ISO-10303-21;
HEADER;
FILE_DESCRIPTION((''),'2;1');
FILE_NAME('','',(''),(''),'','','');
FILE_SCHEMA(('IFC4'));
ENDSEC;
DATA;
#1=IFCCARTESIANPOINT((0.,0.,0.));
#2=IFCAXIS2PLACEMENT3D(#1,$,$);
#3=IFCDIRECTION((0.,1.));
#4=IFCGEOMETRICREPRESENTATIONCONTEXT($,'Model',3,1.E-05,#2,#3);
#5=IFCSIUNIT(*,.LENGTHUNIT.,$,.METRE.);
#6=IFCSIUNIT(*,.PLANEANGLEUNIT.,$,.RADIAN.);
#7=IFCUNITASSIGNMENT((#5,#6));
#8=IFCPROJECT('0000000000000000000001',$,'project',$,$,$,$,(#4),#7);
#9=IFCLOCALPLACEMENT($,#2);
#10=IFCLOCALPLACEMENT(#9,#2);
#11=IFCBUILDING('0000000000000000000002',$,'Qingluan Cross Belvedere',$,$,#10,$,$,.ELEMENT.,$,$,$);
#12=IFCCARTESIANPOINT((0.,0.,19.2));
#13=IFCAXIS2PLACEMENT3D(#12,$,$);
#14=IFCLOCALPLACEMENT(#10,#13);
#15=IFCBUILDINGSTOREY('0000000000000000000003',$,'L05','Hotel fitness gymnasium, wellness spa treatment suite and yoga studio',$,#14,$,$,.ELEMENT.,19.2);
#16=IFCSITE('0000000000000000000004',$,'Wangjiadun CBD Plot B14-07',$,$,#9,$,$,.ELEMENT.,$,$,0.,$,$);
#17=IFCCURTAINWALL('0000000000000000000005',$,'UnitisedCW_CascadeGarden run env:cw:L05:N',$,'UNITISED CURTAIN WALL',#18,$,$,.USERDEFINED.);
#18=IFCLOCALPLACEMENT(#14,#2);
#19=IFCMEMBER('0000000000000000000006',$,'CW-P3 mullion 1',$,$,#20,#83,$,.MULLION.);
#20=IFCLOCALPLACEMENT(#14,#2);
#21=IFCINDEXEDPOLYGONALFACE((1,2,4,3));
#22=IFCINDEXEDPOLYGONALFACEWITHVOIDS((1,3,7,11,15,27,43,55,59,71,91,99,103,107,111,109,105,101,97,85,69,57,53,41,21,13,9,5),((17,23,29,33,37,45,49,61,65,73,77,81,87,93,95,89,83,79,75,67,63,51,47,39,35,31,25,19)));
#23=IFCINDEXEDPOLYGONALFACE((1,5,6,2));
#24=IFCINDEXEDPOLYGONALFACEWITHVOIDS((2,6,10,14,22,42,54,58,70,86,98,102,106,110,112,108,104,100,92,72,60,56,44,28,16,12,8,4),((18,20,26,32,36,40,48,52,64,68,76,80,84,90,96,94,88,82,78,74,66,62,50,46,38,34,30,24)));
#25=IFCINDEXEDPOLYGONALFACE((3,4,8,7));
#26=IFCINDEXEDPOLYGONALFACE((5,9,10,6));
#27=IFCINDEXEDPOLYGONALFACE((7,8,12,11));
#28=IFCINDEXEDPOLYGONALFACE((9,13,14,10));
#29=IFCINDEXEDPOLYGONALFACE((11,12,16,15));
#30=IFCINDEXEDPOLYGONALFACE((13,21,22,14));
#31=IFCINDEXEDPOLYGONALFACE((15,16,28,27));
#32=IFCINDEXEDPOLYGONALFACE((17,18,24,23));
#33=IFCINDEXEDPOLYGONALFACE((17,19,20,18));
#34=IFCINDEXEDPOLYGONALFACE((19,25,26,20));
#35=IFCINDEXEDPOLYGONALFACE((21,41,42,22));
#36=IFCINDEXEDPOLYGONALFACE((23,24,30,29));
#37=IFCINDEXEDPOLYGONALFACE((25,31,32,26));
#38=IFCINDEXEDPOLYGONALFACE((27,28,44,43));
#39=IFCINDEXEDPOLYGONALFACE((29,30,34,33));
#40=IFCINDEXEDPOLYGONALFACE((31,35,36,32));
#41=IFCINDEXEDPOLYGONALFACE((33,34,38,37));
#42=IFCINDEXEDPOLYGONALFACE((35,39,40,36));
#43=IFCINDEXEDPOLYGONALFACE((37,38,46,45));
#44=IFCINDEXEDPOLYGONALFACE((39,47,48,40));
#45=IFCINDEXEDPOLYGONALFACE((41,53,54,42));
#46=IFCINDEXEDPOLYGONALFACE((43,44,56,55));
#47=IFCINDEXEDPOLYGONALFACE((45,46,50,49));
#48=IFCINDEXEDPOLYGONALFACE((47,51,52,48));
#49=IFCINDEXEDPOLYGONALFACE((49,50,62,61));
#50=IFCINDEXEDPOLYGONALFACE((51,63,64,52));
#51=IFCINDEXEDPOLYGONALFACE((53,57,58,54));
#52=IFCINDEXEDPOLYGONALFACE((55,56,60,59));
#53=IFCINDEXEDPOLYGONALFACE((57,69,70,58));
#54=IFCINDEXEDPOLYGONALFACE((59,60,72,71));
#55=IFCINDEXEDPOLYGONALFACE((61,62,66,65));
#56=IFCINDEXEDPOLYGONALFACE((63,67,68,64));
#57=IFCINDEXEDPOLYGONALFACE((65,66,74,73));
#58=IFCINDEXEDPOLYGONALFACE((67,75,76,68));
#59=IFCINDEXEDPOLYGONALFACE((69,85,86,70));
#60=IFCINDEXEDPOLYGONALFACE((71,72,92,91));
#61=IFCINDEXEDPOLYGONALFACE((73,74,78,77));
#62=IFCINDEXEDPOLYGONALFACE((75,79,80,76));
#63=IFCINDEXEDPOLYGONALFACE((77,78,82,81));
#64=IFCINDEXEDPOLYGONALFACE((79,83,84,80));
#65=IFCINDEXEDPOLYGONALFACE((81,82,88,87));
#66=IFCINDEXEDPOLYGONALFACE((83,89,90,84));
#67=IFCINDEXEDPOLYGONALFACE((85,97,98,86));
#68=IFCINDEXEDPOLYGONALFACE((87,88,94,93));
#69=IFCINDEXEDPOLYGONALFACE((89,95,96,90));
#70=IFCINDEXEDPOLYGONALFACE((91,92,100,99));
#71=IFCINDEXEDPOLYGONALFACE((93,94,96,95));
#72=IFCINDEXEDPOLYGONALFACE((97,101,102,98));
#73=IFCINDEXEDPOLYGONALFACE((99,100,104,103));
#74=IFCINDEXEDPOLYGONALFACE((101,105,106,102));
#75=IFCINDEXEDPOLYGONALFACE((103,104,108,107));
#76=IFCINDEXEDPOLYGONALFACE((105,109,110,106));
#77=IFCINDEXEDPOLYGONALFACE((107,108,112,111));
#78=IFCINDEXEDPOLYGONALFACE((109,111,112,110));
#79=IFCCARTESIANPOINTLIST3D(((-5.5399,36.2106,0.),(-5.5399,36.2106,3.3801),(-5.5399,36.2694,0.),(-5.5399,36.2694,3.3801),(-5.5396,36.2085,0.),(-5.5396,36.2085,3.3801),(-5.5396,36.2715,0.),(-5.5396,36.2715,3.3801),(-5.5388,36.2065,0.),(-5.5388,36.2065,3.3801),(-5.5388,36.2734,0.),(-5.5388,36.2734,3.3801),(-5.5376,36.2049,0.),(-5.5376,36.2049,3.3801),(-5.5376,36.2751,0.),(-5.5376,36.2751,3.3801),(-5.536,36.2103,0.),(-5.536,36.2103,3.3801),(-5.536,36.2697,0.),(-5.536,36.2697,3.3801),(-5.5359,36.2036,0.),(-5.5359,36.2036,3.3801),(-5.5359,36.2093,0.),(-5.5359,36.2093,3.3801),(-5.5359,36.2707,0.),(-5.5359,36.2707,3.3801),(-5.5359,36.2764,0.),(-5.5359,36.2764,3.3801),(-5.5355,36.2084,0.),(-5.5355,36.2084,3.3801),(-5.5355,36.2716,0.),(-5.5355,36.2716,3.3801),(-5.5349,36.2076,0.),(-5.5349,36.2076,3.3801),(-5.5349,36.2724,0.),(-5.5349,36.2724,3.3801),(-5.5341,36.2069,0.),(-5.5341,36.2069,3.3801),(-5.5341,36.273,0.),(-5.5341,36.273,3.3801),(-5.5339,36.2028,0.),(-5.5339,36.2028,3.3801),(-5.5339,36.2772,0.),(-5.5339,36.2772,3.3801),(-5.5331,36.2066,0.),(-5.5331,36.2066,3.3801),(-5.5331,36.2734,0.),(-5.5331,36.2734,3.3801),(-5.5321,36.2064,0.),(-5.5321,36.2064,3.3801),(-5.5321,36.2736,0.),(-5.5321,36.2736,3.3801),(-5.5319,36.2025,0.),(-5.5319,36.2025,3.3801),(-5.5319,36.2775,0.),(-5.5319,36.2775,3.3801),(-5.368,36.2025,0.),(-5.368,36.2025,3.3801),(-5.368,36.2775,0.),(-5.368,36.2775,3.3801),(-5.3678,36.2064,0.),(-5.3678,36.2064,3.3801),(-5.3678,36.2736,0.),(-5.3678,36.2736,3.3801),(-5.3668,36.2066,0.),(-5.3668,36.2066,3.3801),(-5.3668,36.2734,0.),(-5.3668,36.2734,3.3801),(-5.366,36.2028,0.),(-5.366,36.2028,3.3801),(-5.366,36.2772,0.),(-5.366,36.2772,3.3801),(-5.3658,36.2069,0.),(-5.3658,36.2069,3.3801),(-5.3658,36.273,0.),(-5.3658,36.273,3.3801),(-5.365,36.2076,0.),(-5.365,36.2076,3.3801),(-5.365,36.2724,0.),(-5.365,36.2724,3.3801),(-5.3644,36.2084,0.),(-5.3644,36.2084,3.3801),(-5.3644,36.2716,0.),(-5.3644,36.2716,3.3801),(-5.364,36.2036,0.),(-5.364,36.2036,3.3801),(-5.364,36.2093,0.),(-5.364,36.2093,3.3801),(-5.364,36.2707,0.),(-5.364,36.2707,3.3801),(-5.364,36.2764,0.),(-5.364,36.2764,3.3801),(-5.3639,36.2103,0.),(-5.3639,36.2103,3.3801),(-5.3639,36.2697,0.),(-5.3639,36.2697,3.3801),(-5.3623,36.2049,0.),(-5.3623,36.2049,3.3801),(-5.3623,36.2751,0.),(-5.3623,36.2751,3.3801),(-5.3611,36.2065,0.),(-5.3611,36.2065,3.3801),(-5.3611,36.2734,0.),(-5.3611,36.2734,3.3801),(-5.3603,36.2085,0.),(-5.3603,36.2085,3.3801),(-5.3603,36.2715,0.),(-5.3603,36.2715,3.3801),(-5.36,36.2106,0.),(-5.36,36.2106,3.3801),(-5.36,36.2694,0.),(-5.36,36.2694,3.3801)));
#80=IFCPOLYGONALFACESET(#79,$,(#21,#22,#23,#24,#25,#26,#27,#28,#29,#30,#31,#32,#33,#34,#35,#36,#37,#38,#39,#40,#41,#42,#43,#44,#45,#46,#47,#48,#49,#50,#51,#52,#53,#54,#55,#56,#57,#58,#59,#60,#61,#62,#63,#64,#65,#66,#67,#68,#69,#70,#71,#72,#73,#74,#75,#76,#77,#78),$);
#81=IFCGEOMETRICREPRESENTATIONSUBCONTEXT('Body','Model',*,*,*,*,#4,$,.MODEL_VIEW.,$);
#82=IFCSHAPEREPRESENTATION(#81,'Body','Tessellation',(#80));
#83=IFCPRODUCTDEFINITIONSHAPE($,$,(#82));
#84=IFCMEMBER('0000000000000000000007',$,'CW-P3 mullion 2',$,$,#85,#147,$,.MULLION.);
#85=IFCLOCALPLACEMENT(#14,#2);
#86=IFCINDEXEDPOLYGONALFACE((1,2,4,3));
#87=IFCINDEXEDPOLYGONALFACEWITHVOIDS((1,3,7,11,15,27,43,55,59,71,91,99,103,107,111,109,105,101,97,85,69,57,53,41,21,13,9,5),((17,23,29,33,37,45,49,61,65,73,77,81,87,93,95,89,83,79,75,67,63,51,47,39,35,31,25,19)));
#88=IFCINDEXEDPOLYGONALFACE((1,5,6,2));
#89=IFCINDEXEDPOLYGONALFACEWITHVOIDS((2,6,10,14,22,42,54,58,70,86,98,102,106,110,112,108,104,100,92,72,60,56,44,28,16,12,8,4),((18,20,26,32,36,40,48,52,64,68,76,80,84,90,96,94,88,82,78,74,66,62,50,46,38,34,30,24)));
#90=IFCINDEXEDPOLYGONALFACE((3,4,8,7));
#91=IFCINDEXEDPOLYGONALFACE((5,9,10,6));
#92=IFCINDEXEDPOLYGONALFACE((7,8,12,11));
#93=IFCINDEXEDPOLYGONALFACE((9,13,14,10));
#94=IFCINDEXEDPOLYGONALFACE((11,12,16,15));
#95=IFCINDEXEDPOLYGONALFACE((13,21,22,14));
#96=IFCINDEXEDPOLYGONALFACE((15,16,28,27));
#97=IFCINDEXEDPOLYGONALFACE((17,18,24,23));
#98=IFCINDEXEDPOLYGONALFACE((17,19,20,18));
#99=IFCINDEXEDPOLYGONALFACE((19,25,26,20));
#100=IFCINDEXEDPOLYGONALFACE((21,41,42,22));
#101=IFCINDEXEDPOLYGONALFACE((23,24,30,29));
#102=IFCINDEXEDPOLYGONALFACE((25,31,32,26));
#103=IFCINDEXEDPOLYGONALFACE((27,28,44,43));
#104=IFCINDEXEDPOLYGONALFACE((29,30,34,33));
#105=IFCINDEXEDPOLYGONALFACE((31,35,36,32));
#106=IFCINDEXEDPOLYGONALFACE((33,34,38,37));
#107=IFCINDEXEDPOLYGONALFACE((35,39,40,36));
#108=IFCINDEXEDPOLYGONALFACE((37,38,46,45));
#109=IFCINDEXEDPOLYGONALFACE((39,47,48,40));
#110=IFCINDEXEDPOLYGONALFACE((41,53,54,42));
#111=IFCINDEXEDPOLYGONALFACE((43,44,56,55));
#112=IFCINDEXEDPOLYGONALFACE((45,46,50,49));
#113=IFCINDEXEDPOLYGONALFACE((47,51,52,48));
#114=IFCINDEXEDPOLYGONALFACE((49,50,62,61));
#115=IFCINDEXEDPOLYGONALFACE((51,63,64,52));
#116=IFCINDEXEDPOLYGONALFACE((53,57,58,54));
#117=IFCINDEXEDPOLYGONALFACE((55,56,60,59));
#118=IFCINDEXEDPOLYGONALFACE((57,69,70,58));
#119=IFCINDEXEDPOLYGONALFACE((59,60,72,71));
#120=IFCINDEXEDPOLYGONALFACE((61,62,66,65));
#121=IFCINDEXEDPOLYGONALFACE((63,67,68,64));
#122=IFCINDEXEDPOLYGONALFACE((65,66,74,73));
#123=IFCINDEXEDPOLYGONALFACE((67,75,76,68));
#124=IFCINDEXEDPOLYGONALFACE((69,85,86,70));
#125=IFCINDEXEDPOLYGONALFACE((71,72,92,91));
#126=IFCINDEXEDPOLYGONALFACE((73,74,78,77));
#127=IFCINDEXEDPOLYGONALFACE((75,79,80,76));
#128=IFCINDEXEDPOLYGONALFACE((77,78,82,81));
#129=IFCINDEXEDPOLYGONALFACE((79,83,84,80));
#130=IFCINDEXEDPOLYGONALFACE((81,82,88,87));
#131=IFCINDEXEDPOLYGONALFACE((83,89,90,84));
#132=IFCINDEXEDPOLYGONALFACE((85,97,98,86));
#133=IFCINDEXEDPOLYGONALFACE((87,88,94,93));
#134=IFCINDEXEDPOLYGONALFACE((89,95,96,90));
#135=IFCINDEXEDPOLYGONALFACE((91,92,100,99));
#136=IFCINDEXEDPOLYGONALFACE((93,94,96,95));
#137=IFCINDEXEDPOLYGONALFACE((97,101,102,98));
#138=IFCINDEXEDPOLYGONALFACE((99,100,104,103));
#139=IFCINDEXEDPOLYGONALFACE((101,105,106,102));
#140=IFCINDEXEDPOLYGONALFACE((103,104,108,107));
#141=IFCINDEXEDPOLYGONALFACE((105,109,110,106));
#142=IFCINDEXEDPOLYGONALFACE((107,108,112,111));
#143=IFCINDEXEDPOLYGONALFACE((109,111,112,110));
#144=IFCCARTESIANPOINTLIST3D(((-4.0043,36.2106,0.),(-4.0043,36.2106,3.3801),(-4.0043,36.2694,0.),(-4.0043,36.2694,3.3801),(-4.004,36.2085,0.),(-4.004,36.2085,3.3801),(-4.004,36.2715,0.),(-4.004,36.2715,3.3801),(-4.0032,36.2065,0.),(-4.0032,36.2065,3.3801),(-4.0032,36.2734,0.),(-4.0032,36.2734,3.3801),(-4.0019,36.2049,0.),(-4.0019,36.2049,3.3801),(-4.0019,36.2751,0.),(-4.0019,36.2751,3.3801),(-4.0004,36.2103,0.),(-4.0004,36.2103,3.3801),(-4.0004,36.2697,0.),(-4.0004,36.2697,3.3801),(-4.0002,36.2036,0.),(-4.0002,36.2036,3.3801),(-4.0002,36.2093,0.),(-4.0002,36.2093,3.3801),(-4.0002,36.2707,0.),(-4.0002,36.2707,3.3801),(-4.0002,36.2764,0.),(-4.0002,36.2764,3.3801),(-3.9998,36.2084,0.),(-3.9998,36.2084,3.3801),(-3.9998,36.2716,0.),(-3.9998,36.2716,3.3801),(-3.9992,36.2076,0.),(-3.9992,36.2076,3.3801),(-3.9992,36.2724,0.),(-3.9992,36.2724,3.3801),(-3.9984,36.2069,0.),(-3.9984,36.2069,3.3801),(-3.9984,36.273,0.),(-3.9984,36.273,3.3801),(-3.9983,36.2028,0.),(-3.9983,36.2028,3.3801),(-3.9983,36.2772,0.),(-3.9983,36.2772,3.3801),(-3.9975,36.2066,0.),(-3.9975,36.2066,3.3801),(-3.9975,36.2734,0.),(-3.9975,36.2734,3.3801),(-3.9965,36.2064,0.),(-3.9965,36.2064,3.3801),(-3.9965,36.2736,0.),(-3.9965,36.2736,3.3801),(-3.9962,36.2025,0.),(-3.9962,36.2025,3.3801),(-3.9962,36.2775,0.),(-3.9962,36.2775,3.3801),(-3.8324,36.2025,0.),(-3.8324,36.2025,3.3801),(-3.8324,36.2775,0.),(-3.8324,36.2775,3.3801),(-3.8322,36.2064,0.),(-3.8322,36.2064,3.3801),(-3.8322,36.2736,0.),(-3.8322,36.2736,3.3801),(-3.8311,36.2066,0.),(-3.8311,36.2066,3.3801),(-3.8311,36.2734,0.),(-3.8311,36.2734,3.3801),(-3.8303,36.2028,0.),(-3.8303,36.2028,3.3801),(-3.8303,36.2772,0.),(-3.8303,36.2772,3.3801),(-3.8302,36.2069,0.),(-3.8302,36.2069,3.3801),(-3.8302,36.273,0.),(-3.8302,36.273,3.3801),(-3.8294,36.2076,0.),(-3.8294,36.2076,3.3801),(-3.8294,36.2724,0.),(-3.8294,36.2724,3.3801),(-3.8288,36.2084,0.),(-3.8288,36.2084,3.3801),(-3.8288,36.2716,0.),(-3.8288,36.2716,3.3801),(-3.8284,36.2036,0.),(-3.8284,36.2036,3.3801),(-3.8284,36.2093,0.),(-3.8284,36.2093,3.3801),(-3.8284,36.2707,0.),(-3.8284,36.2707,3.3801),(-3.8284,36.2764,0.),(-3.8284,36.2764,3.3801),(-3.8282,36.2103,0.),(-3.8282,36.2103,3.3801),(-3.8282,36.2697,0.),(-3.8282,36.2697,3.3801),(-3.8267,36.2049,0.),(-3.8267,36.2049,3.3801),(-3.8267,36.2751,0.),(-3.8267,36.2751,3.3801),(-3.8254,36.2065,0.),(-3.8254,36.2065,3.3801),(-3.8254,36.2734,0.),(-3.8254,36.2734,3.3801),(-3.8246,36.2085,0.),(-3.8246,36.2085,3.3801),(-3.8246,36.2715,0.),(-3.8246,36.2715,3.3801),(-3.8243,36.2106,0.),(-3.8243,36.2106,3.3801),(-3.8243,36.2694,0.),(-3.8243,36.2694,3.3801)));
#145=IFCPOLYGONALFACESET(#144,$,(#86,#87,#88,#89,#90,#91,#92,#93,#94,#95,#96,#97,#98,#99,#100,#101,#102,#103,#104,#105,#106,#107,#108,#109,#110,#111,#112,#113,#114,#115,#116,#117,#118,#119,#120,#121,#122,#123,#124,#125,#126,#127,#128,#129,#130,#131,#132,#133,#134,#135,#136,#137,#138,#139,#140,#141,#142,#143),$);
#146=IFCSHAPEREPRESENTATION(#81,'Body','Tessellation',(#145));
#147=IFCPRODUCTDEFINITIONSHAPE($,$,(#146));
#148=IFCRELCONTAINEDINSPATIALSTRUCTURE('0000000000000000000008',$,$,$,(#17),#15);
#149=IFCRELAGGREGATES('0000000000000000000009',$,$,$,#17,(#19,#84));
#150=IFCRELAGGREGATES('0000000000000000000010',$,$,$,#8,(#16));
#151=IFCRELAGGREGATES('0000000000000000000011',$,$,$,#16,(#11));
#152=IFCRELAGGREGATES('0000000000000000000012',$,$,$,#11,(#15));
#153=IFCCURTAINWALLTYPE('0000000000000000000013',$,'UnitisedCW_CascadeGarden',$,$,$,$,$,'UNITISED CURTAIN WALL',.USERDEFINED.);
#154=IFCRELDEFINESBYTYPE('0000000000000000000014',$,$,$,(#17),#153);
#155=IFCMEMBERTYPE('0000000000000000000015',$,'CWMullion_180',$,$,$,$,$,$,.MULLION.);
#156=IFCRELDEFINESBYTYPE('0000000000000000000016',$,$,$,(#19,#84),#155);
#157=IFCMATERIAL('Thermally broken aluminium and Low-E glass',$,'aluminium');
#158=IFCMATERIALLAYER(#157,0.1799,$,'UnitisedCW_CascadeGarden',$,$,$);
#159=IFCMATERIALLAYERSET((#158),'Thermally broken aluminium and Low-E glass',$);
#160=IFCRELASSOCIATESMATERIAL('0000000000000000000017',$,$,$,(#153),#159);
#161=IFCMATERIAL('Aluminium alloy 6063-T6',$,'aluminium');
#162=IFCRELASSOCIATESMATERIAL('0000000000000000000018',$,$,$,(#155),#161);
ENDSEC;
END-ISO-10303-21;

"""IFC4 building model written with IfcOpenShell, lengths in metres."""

from ifc_helpers import new_model, si_unit, direction, frame, origin, origin_2d, place, context, subcontext, project, spatial, hollow_rectangle, extrude, material, layer, layer_set, material_profile, profile_set, type_object, element, aggregate, save


model = new_model("IFC4")

# Units and contexts
model_context = context("Model", 3, precision=1e-05, world=origin(), true_north=direction((0.0, 1.0)))
body_context = subcontext(model_context, "Body", "Model", "MODEL_VIEW")
ifc_project = project(units=[si_unit("LENGTHUNIT", "METRE"), si_unit("PLANEANGLEUNIT", "RADIAN")], contexts=[model_context])

# Site, building, storey
site_placement = place(None, origin())
site = spatial("IfcSite", under=ifc_project, at=site_placement, Name="Wangjiadun CBD Plot B14-07", CompositionType="ELEMENT", RefElevation=0.0)
building_placement = place(site_placement, origin())
building = spatial("IfcBuilding", under=site, at=building_placement, Name="Qingluan Cross Belvedere", CompositionType="ELEMENT")
storey_placement = place(building_placement, frame((0.0, 0.0, 19.2)))
storey = spatial("IfcBuildingStorey", under=building, at=storey_placement, Name="L05", Description="Hotel fitness gymnasium, wellness spa treatment suite and yoga studio", CompositionType="ELEMENT", Elevation=19.2)

# Curtain wall, members
ifc_material_1 = material(Name="Thermally broken aluminium and Low-E glass", Category="aluminium")
ifc_layer_1 = layer(ifc_material_1, 0.1799, Name="UnitisedCW_CascadeGarden")
ifc_layer_set_1 = layer_set([ifc_layer_1], Name="Thermally broken aluminium and Low-E glass")
curtain_wall_type = type_object("IfcCurtainWallType", Name="UnitisedCW_CascadeGarden", ElementType="UNITISED CURTAIN WALL", PredefinedType="USERDEFINED", material=ifc_layer_set_1)
curtain_wall_placement = place(storey_placement, origin())
curtain_wall = element("IfcCurtainWall", 1, at=curtain_wall_placement, inside=storey, type_object=curtain_wall_type, Name="UnitisedCW_CascadeGarden run env:cw:L05:N", ObjectType="UNITISED CURTAIN WALL", PredefinedType="USERDEFINED")
ifc_material_2 = material(Name="Aluminium alloy 6063-T6", Category="aluminium")
ifc_material_profile_1 = material_profile(ifc_material_2, hollow_rectangle(XDim=0.075, YDim=0.1799, WallThickness=0.0039, InnerFilletRadius=0.0039, OuterFilletRadius=0.0081, at=origin_2d()), Name="CWM180x75x4")
ifc_profile_set_1 = profile_set([ifc_material_profile_1], Name="Aluminium alloy 6063-T6")
member_type_1 = type_object("IfcMemberType", Name="CWMullion_180", PredefinedType="MULLION", material=ifc_profile_set_1)
member_1_placement = place(storey_placement, frame((-5.45, 36.24, 0.0), z_axis=(0.0, 0.0, 1.0), x_axis=(0.0, 1.0, 0.0)))
member_1 = element("IfcMember", 2, at=member_1_placement, type_object=member_type_1, Name="CW-P3 mullion 1", PredefinedType="MULLION", context=body_context, shape_type="SweptSolid", body=[
    extrude(hollow_rectangle(XDim=0.075, YDim=0.1799, WallThickness=0.0039, InnerFilletRadius=0.0039, OuterFilletRadius=0.0081, at=origin_2d()), origin(), (0.0, 0.0, 1.0), 3.3801),
])
member_2_placement = place(storey_placement, frame((-3.9143, 36.24, 0.0), z_axis=(0.0, 0.0, 1.0), x_axis=(0.0, 1.0, 0.0)))
member_2 = element("IfcMember", 3, at=member_2_placement, type_object=member_type_1, Name="CW-P3 mullion 2", PredefinedType="MULLION", context=body_context, shape_type="SweptSolid", body=[
    extrude(hollow_rectangle(XDim=0.075, YDim=0.1799, WallThickness=0.0039, InnerFilletRadius=0.0039, OuterFilletRadius=0.0081, at=origin_2d()), origin(), (0.0, 0.0, 1.0), 3.3801),
])

aggregate(curtain_wall, [member_1, member_2])

save(model, "model.ifc")
